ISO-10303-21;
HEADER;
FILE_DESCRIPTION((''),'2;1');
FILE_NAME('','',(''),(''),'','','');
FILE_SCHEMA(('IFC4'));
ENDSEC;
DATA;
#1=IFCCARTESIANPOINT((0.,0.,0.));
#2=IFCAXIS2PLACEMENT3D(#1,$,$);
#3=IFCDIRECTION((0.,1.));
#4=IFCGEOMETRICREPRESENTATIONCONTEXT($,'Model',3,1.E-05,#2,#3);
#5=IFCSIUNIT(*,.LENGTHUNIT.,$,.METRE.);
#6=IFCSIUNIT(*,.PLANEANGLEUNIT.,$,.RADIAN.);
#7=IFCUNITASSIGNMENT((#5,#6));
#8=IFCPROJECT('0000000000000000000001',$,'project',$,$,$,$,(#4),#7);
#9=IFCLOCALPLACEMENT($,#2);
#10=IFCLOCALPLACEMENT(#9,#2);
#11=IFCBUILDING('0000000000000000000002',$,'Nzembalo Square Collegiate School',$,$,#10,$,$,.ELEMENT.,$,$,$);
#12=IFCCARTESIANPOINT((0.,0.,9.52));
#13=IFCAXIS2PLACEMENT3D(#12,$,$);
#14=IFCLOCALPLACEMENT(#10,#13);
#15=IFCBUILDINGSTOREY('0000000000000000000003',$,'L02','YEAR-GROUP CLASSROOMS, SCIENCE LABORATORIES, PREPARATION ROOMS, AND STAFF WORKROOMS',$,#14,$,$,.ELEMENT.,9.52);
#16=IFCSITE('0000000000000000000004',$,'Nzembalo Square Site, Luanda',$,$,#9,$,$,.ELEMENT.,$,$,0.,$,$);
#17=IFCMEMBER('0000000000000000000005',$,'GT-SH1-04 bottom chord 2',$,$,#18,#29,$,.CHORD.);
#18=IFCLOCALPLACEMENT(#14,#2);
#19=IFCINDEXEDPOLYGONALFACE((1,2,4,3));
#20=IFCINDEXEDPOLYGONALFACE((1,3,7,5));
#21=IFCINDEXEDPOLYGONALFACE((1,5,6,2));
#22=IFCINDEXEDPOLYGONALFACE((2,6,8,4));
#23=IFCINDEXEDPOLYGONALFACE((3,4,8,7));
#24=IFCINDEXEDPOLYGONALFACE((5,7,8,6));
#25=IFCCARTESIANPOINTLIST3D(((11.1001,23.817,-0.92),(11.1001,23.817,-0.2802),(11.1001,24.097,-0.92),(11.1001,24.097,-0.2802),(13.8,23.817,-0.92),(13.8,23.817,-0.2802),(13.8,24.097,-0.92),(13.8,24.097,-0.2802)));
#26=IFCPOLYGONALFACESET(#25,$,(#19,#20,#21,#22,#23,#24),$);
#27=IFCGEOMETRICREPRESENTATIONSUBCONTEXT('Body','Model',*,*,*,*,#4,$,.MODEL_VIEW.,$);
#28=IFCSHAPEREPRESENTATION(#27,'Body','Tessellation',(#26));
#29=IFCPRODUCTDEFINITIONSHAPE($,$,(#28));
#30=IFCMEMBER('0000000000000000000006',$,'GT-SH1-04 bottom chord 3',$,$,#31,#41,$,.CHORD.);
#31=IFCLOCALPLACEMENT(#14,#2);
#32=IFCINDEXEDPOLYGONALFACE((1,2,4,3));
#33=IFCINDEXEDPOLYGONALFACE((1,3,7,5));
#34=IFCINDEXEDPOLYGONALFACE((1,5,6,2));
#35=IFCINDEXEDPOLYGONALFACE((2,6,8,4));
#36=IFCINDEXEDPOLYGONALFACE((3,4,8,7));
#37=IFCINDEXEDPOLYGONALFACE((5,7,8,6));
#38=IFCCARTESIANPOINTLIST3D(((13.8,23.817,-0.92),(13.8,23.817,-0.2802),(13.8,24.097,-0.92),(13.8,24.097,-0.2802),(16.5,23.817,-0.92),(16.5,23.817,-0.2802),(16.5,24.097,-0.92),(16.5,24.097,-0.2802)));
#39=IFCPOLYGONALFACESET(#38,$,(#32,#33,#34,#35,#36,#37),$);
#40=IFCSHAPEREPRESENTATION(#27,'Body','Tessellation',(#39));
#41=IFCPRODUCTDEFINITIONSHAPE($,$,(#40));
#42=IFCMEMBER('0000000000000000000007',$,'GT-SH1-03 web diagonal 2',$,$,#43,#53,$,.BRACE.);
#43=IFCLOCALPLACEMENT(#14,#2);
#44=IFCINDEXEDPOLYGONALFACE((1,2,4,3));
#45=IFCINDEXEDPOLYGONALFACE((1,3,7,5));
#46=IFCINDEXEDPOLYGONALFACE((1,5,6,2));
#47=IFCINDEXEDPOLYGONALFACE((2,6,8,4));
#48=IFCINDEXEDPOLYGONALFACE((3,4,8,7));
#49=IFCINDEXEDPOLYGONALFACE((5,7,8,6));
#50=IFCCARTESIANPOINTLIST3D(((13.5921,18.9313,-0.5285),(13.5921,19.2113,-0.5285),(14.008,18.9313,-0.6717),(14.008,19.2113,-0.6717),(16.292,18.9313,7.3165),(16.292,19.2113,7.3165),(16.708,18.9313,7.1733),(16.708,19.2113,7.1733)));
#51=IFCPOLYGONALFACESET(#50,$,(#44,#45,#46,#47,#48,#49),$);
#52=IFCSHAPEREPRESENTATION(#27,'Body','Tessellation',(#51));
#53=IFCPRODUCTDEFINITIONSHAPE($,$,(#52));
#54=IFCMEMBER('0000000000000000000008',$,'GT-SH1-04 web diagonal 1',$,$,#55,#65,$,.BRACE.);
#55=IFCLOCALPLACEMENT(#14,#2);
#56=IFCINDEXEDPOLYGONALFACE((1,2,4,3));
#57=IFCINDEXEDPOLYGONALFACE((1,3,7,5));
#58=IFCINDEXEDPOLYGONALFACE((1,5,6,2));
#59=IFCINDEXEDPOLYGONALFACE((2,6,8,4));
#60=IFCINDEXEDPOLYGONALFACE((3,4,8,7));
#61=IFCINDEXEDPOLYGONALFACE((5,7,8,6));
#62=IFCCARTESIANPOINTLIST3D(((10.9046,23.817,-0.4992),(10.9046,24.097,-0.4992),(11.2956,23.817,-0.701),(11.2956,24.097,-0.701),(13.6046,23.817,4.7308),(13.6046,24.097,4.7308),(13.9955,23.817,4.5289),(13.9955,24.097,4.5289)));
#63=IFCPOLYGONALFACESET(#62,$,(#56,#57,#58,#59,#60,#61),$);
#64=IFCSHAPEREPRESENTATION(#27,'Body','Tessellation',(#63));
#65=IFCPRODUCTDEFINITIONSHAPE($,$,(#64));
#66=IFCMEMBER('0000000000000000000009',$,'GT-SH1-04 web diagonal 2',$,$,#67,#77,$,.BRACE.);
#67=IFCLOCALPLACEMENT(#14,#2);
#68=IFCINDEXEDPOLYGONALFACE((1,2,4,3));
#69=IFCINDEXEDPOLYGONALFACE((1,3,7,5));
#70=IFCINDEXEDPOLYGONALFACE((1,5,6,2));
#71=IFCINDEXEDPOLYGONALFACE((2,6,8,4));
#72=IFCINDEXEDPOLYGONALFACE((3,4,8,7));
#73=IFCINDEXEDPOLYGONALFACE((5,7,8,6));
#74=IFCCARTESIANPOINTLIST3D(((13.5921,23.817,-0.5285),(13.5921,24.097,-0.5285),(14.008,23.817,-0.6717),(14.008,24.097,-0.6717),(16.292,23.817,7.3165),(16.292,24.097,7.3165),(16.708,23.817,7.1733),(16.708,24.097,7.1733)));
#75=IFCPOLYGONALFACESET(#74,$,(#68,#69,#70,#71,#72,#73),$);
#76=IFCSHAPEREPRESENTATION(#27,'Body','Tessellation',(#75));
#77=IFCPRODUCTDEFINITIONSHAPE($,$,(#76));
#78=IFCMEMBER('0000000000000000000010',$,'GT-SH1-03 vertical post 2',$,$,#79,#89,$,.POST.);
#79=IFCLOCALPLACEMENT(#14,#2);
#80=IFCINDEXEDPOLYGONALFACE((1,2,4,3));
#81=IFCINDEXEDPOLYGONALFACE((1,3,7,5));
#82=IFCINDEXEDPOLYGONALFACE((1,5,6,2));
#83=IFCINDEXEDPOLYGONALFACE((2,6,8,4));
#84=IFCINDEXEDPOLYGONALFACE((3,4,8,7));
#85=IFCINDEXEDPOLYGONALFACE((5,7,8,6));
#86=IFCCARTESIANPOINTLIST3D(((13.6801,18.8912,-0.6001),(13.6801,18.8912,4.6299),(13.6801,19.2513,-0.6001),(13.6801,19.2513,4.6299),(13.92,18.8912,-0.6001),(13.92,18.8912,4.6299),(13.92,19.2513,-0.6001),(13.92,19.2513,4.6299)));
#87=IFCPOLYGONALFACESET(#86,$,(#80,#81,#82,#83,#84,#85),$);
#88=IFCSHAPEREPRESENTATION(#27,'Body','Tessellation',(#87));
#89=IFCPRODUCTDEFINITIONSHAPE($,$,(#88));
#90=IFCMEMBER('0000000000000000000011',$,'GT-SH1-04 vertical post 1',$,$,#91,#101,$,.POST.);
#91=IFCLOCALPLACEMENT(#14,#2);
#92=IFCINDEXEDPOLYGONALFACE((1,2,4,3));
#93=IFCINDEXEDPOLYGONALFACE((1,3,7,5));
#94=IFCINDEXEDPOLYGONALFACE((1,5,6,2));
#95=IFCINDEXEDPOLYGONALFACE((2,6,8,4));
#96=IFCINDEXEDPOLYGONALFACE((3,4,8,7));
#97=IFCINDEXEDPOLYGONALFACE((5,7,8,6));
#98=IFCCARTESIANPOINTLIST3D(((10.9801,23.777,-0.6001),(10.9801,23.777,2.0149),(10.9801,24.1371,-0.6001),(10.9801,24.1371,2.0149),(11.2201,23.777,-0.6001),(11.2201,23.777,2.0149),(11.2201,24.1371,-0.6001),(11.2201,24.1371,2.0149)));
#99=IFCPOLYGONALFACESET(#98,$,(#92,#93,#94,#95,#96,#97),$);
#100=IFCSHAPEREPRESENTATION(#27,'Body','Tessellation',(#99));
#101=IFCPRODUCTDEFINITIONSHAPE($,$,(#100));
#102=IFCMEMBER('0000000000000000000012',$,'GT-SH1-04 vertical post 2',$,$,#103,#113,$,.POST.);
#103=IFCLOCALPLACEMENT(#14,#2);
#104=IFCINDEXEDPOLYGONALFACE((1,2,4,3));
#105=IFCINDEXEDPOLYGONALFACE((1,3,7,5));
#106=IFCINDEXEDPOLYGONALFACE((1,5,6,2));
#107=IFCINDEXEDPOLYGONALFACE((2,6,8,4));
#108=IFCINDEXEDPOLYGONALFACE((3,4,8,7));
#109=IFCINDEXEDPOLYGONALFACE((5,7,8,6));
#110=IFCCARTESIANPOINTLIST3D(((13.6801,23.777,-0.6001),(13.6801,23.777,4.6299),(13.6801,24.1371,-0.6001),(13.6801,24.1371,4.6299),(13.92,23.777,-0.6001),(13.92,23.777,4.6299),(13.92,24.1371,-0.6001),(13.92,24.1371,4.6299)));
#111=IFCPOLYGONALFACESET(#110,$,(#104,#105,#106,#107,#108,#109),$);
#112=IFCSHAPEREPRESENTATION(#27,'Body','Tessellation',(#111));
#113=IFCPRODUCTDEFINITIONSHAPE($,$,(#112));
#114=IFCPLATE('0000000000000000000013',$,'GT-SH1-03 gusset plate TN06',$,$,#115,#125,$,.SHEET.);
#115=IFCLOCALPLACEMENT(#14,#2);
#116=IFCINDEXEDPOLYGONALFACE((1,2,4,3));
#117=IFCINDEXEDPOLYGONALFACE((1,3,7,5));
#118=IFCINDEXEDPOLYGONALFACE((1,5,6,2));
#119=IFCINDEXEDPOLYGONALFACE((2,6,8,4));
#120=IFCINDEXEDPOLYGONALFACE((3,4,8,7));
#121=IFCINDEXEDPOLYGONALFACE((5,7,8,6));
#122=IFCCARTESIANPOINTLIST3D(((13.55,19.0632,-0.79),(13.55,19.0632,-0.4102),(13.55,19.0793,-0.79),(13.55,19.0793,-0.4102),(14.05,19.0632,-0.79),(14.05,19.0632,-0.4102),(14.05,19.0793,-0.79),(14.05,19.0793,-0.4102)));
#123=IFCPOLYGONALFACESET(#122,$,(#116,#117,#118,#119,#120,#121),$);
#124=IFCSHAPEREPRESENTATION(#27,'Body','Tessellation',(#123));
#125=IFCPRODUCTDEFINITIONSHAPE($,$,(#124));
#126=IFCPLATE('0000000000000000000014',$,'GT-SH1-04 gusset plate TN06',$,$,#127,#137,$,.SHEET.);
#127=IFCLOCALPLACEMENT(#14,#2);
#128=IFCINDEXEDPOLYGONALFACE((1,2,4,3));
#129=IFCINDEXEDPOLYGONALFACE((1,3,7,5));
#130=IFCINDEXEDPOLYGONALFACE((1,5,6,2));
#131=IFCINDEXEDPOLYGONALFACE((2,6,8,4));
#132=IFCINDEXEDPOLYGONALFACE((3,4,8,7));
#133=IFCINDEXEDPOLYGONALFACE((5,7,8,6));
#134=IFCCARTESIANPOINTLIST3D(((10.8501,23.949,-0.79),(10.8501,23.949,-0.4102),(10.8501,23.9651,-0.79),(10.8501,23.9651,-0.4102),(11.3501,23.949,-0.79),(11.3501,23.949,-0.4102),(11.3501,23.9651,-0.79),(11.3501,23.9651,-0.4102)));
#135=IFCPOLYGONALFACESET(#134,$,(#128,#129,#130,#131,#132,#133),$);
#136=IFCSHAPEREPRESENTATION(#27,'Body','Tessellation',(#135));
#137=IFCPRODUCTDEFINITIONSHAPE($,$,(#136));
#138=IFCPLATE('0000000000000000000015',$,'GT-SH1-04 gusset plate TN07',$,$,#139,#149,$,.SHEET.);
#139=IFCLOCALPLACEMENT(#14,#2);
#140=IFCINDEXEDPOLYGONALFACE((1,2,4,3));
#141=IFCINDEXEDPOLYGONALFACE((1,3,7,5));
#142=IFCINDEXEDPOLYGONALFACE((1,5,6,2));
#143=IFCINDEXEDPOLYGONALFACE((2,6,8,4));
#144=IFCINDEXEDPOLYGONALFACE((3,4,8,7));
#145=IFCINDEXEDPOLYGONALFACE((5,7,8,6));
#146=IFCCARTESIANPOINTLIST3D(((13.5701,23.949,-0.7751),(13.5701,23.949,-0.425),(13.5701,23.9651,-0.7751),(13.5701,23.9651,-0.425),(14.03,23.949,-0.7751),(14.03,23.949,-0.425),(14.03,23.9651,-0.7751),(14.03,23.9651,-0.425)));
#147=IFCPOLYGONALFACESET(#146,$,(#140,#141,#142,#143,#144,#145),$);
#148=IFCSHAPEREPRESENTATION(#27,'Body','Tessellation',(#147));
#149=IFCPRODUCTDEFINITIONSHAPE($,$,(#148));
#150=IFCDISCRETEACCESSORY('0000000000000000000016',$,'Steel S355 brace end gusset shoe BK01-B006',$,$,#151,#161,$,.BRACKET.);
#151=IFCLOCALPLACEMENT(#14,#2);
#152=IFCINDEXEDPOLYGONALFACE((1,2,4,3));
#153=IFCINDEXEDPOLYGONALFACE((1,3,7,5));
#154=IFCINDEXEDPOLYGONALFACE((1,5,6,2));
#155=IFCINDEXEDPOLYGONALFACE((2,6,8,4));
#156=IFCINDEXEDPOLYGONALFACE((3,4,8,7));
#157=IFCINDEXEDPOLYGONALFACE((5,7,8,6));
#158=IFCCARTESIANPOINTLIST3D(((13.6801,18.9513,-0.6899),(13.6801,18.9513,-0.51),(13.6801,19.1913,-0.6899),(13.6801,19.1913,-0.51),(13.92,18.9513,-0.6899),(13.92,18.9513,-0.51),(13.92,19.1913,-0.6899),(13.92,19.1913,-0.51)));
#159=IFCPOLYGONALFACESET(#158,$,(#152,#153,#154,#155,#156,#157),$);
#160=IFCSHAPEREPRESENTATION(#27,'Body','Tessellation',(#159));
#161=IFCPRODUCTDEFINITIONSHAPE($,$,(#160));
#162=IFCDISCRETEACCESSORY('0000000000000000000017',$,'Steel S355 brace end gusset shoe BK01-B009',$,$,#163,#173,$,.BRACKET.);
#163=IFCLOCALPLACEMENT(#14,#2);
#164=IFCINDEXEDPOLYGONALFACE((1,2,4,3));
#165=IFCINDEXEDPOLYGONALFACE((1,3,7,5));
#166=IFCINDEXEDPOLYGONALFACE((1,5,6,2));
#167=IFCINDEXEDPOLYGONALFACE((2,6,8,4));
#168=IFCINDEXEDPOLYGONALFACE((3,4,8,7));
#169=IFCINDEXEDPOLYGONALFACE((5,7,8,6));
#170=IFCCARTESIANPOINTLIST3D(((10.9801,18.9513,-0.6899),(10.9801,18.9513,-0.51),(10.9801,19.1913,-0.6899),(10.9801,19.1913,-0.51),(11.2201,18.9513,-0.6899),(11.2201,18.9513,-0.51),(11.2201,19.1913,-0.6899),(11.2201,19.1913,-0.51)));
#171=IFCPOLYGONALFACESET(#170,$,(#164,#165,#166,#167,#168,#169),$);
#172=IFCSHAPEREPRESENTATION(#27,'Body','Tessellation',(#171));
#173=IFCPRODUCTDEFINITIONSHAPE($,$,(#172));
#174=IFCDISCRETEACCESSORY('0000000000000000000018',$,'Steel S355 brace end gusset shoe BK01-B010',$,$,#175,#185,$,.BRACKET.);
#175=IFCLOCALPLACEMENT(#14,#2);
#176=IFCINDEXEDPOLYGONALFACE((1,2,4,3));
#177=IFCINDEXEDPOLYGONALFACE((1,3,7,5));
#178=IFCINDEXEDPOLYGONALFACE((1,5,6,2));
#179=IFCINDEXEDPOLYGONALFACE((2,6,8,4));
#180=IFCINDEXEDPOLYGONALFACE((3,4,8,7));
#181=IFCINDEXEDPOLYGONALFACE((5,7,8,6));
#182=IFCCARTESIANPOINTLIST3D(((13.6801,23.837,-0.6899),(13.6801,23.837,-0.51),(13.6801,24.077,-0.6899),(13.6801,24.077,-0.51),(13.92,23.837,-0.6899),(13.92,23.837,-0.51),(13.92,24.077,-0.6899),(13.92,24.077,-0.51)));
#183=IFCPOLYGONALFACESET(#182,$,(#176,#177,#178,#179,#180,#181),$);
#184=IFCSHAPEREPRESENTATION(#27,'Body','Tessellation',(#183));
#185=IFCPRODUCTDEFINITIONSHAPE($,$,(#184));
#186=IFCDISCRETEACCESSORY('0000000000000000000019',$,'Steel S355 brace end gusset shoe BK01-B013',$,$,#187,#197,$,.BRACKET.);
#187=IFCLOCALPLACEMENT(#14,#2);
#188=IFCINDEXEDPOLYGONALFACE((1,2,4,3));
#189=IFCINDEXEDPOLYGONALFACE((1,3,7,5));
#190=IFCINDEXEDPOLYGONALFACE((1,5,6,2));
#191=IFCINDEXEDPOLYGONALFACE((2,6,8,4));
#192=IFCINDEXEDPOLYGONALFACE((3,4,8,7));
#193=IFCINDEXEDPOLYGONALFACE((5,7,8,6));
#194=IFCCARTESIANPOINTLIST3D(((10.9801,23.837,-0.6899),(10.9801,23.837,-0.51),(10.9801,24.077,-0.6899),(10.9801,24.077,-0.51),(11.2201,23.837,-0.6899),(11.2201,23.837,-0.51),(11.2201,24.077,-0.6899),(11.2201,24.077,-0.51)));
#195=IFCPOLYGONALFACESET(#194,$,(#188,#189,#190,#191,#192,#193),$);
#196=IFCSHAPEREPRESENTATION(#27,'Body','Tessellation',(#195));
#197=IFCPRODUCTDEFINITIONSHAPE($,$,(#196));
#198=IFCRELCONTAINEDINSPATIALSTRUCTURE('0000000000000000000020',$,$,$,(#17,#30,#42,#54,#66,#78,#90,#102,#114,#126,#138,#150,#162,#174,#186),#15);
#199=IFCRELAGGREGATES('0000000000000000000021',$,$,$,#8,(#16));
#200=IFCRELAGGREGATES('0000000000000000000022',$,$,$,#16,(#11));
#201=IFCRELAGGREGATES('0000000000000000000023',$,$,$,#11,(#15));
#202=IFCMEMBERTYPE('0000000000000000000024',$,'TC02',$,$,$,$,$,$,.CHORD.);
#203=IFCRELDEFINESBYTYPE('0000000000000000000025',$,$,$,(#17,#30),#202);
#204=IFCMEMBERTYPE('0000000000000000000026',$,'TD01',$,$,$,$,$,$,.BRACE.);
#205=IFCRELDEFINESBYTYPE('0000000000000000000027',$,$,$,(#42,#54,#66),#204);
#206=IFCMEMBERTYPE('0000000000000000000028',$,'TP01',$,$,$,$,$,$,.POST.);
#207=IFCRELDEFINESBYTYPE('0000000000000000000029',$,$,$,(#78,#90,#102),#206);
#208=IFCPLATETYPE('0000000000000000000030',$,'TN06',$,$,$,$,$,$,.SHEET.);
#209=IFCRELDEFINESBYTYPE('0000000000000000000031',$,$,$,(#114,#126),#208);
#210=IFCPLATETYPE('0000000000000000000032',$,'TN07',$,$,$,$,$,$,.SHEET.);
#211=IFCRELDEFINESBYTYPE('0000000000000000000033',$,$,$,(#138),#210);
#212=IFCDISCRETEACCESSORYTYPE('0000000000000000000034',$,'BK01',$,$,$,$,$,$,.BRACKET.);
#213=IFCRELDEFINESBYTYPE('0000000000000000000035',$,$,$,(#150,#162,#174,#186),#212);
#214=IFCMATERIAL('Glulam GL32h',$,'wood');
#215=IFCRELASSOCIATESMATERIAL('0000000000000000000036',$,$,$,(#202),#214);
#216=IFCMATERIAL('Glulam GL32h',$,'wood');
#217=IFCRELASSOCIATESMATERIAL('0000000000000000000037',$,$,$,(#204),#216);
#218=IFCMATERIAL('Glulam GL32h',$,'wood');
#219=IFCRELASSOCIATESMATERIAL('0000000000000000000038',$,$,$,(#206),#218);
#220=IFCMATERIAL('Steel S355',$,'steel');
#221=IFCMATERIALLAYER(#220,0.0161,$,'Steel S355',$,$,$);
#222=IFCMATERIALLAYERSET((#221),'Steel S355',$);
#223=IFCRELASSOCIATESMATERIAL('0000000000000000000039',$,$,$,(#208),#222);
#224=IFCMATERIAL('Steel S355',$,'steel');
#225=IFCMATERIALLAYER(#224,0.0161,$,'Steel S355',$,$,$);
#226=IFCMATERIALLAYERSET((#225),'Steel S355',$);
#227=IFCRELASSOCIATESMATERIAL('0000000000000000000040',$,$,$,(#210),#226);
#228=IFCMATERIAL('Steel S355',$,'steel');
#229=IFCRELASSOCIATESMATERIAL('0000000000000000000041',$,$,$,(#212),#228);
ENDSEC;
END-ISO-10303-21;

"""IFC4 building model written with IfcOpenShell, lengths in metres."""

from ifc_helpers import new_model, si_unit, direction, frame, origin, origin_2d, place, context, subcontext, project, spatial, rectangle, extrude, material, layer, layer_set, material_profile, profile_set, type_object, element, save


model = new_model("IFC4")

# Units and contexts
model_context = context("Model", 3, precision=1e-05, world=origin(), true_north=direction((0.0, 1.0)))
body_context = subcontext(model_context, "Body", "Model", "MODEL_VIEW")
ifc_project = project(units=[si_unit("LENGTHUNIT", "METRE"), si_unit("PLANEANGLEUNIT", "RADIAN")], contexts=[model_context])

# Site, building, storey
site_placement = place(None, origin())
site = spatial("IfcSite", under=ifc_project, at=site_placement, Name="Nzembalo Square Site, Luanda", CompositionType="ELEMENT", RefElevation=0.0)
building_placement = place(site_placement, origin())
building = spatial("IfcBuilding", under=site, at=building_placement, Name="Nzembalo Square Collegiate School", CompositionType="ELEMENT")
storey_placement = place(building_placement, frame((0.0, 0.0, 9.52)))
storey = spatial("IfcBuildingStorey", under=building, at=storey_placement, Name="L02", Description="YEAR-GROUP CLASSROOMS, SCIENCE LABORATORIES, PREPARATION ROOMS, AND STAFF WORKROOMS", CompositionType="ELEMENT", Elevation=9.52)

# Members
ifc_material_1 = material(Name="Glulam GL32h", Category="wood")
ifc_material_profile_1 = material_profile(ifc_material_1, rectangle(XDim=0.28, YDim=0.6399, at=origin_2d()), Name="GL32h 280x640")
ifc_profile_set_1 = profile_set([ifc_material_profile_1], Name="Glulam GL32h")
member_type_1 = type_object("IfcMemberType", Name="TC02", PredefinedType="CHORD", material=ifc_profile_set_1)
for number, where, z_axis, x_axis, name in (
    (1, (11.1001, 23.957, -0.6001), (1.0, 0.0, 0.0), (0.0, 1.0, 0.0), "GT-SH1-04 bottom chord 2"),
    (2, (13.8, 23.957, -0.6001), (1.0, 0.0, 0.0), (0.0, 1.0, 0.0), "GT-SH1-04 bottom chord 3"),
):
    element("IfcMember", number, at=place(storey_placement, frame(where, z_axis=z_axis, x_axis=x_axis)), inside=storey, type_object=member_type_1, Name=name, PredefinedType="CHORD", context=body_context, shape_type="SweptSolid", body=[
        extrude(rectangle(XDim=0.28, YDim=0.6399, at=origin_2d()), origin(), (0.0, 0.0, 1.0), 2.7),
    ])
ifc_material_2 = material(Name="Glulam GL32h", Category="wood")
ifc_material_profile_2 = material_profile(ifc_material_2, rectangle(XDim=0.28, YDim=0.4399, at=origin_2d()), Name="GL32h 280x440")
ifc_profile_set_2 = profile_set([ifc_material_profile_2], Name="Glulam GL32h")
member_type_2 = type_object("IfcMemberType", Name="TD01", PredefinedType="BRACE", material=ifc_profile_set_2)
member_1_placement = place(storey_placement, frame((13.8, 19.0713, -0.6001), z_axis=(0.325429, 0.0, 0.945566), x_axis=(0.0, 1.0, 0.0)))
element("IfcMember", 3, at=member_1_placement, inside=storey, type_object=member_type_2, Name="GT-SH1-03 web diagonal 2", PredefinedType="BRACE", context=body_context, shape_type="SweptSolid", body=[
    extrude(rectangle(XDim=0.28, YDim=0.4399, at=origin_2d()), origin(), (0.0, 0.0, 1.0), 8.2966),
])
member_2_placement = place(storey_placement, frame((11.1001, 23.957, -0.6001), z_axis=(0.458724, 0.0, 0.888579), x_axis=(0.0, 1.0, 0.0)))
element("IfcMember", 4, at=member_2_placement, inside=storey, type_object=member_type_2, Name="GT-SH1-04 web diagonal 1", PredefinedType="BRACE", context=body_context, shape_type="SweptSolid", body=[
    extrude(rectangle(XDim=0.28, YDim=0.4399, at=origin_2d()), origin(), (0.0, 0.0, 1.0), 5.8857),
])
member_3_placement = place(storey_placement, frame((13.8, 23.957, -0.6001), z_axis=(0.325429, 0.0, 0.945566), x_axis=(0.0, 1.0, 0.0)))
element("IfcMember", 5, at=member_3_placement, inside=storey, type_object=member_type_2, Name="GT-SH1-04 web diagonal 2", PredefinedType="BRACE", context=body_context, shape_type="SweptSolid", body=[
    extrude(rectangle(XDim=0.28, YDim=0.4399, at=origin_2d()), origin(), (0.0, 0.0, 1.0), 8.2966),
])
ifc_material_3 = material(Name="Glulam GL32h", Category="wood")
ifc_material_profile_3 = material_profile(ifc_material_3, rectangle(XDim=0.24, YDim=0.3601, at=origin_2d()), Name="GL32h 240x360")
ifc_profile_set_3 = profile_set([ifc_material_profile_3], Name="Glulam GL32h")
member_type_3 = type_object("IfcMemberType", Name="TP01", PredefinedType="POST", material=ifc_profile_set_3)
member_4_placement = place(storey_placement, frame((13.8, 19.0713, -0.6001), z_axis=(0.0, 0.0, 1.0), x_axis=(1.0, 0.0, 0.0)))
element("IfcMember", 6, at=member_4_placement, inside=storey, type_object=member_type_3, Name="GT-SH1-03 vertical post 2", PredefinedType="POST", context=body_context, shape_type="SweptSolid", body=[
    extrude(rectangle(XDim=0.24, YDim=0.3601, at=origin_2d()), origin(), (0.0, 0.0, 1.0), 5.23),
])
member_5_placement = place(storey_placement, frame((11.1001, 23.957, -0.6001), z_axis=(0.0, 0.0, 1.0), x_axis=(1.0, 0.0, 0.0)))
element("IfcMember", 7, at=member_5_placement, inside=storey, type_object=member_type_3, Name="GT-SH1-04 vertical post 1", PredefinedType="POST", context=body_context, shape_type="SweptSolid", body=[
    extrude(rectangle(XDim=0.24, YDim=0.3601, at=origin_2d()), origin(), (0.0, 0.0, 1.0), 2.615),
])
member_6_placement = place(storey_placement, frame((13.8, 23.957, -0.6001), z_axis=(0.0, 0.0, 1.0), x_axis=(1.0, 0.0, 0.0)))
element("IfcMember", 8, at=member_6_placement, inside=storey, type_object=member_type_3, Name="GT-SH1-04 vertical post 2", PredefinedType="POST", context=body_context, shape_type="SweptSolid", body=[
    extrude(rectangle(XDim=0.24, YDim=0.3601, at=origin_2d()), origin(), (0.0, 0.0, 1.0), 5.23),
])

# Plates
ifc_material_4 = material(Name="Steel S355", Category="steel")
ifc_layer_1 = layer(ifc_material_4, 0.0161, Name="Steel S355")
ifc_layer_set_1 = layer_set([ifc_layer_1], Name="Steel S355")
plate_type_1 = type_object("IfcPlateType", Name="TN06", PredefinedType="SHEET", material=ifc_layer_set_1)
for number, where, z_axis, x_axis, name in (
    (9, (13.8, 19.0713, -0.79), (0.0, 0.0, 1.0), (1.0, 0.0, 0.0), "GT-SH1-03 gusset plate TN06"),
    (10, (11.1001, 23.957, -0.79), (0.0, 0.0, 1.0), (1.0, 0.0, 0.0), "GT-SH1-04 gusset plate TN06"),
):
    element("IfcPlate", number, at=place(storey_placement, frame(where, z_axis=z_axis, x_axis=x_axis)), inside=storey, type_object=plate_type_1, Name=name, PredefinedType="SHEET", context=body_context, shape_type="SweptSolid", body=[
        extrude(rectangle(XDim=0.5, YDim=0.0161, at=origin_2d()), origin(), (0.0, 0.0, 1.0), 0.3799),
    ])
ifc_material_5 = material(Name="Steel S355", Category="steel")
ifc_layer_2 = layer(ifc_material_5, 0.0161, Name="Steel S355")
ifc_layer_set_2 = layer_set([ifc_layer_2], Name="Steel S355")
plate_type_2 = type_object("IfcPlateType", Name="TN07", PredefinedType="SHEET", material=ifc_layer_set_2)
plate_placement = place(storey_placement, frame((13.8, 23.957, -0.7751), z_axis=(0.0, 0.0, 1.0), x_axis=(1.0, 0.0, 0.0)))
element("IfcPlate", 11, at=plate_placement, inside=storey, type_object=plate_type_2, Name="GT-SH1-04 gusset plate TN07", PredefinedType="SHEET", context=body_context, shape_type="SweptSolid", body=[
    extrude(rectangle(XDim=0.46, YDim=0.0161, at=origin_2d()), origin(), (0.0, 0.0, 1.0), 0.3501),
])

# Discrete accessories
ifc_material_6 = material(Name="Steel S355", Category="steel")
discrete_accessory_type = type_object("IfcDiscreteAccessoryType", Name="BK01", PredefinedType="BRACKET", material=ifc_material_6)
for number, where, z_axis, x_axis, name in (
    (12, (13.8, 19.0713, -0.6899), (0.0, 0.0, 1.0), (1.0, 0.0, 0.0), "Steel S355 brace end gusset shoe BK01-B006"),
    (13, (11.1001, 19.0713, -0.6899), (0.0, 0.0, 1.0), (1.0, 0.0, 0.0), "Steel S355 brace end gusset shoe BK01-B009"),
    (14, (13.8, 23.957, -0.6899), (0.0, 0.0, 1.0), (1.0, 0.0, 0.0), "Steel S355 brace end gusset shoe BK01-B010"),
    (15, (11.1001, 23.957, -0.6899), (0.0, 0.0, 1.0), (1.0, 0.0, 0.0), "Steel S355 brace end gusset shoe BK01-B013"),
):
    element("IfcDiscreteAccessory", number, at=place(storey_placement, frame(where, z_axis=z_axis, x_axis=x_axis)), inside=storey, type_object=discrete_accessory_type, Name=name, PredefinedType="BRACKET", context=body_context, shape_type="SweptSolid", body=[
        extrude(rectangle(XDim=0.24, YDim=0.24, at=origin_2d()), origin(), (0.0, 0.0, 1.0), 0.1799),
    ])

save(model, "model.ifc")
